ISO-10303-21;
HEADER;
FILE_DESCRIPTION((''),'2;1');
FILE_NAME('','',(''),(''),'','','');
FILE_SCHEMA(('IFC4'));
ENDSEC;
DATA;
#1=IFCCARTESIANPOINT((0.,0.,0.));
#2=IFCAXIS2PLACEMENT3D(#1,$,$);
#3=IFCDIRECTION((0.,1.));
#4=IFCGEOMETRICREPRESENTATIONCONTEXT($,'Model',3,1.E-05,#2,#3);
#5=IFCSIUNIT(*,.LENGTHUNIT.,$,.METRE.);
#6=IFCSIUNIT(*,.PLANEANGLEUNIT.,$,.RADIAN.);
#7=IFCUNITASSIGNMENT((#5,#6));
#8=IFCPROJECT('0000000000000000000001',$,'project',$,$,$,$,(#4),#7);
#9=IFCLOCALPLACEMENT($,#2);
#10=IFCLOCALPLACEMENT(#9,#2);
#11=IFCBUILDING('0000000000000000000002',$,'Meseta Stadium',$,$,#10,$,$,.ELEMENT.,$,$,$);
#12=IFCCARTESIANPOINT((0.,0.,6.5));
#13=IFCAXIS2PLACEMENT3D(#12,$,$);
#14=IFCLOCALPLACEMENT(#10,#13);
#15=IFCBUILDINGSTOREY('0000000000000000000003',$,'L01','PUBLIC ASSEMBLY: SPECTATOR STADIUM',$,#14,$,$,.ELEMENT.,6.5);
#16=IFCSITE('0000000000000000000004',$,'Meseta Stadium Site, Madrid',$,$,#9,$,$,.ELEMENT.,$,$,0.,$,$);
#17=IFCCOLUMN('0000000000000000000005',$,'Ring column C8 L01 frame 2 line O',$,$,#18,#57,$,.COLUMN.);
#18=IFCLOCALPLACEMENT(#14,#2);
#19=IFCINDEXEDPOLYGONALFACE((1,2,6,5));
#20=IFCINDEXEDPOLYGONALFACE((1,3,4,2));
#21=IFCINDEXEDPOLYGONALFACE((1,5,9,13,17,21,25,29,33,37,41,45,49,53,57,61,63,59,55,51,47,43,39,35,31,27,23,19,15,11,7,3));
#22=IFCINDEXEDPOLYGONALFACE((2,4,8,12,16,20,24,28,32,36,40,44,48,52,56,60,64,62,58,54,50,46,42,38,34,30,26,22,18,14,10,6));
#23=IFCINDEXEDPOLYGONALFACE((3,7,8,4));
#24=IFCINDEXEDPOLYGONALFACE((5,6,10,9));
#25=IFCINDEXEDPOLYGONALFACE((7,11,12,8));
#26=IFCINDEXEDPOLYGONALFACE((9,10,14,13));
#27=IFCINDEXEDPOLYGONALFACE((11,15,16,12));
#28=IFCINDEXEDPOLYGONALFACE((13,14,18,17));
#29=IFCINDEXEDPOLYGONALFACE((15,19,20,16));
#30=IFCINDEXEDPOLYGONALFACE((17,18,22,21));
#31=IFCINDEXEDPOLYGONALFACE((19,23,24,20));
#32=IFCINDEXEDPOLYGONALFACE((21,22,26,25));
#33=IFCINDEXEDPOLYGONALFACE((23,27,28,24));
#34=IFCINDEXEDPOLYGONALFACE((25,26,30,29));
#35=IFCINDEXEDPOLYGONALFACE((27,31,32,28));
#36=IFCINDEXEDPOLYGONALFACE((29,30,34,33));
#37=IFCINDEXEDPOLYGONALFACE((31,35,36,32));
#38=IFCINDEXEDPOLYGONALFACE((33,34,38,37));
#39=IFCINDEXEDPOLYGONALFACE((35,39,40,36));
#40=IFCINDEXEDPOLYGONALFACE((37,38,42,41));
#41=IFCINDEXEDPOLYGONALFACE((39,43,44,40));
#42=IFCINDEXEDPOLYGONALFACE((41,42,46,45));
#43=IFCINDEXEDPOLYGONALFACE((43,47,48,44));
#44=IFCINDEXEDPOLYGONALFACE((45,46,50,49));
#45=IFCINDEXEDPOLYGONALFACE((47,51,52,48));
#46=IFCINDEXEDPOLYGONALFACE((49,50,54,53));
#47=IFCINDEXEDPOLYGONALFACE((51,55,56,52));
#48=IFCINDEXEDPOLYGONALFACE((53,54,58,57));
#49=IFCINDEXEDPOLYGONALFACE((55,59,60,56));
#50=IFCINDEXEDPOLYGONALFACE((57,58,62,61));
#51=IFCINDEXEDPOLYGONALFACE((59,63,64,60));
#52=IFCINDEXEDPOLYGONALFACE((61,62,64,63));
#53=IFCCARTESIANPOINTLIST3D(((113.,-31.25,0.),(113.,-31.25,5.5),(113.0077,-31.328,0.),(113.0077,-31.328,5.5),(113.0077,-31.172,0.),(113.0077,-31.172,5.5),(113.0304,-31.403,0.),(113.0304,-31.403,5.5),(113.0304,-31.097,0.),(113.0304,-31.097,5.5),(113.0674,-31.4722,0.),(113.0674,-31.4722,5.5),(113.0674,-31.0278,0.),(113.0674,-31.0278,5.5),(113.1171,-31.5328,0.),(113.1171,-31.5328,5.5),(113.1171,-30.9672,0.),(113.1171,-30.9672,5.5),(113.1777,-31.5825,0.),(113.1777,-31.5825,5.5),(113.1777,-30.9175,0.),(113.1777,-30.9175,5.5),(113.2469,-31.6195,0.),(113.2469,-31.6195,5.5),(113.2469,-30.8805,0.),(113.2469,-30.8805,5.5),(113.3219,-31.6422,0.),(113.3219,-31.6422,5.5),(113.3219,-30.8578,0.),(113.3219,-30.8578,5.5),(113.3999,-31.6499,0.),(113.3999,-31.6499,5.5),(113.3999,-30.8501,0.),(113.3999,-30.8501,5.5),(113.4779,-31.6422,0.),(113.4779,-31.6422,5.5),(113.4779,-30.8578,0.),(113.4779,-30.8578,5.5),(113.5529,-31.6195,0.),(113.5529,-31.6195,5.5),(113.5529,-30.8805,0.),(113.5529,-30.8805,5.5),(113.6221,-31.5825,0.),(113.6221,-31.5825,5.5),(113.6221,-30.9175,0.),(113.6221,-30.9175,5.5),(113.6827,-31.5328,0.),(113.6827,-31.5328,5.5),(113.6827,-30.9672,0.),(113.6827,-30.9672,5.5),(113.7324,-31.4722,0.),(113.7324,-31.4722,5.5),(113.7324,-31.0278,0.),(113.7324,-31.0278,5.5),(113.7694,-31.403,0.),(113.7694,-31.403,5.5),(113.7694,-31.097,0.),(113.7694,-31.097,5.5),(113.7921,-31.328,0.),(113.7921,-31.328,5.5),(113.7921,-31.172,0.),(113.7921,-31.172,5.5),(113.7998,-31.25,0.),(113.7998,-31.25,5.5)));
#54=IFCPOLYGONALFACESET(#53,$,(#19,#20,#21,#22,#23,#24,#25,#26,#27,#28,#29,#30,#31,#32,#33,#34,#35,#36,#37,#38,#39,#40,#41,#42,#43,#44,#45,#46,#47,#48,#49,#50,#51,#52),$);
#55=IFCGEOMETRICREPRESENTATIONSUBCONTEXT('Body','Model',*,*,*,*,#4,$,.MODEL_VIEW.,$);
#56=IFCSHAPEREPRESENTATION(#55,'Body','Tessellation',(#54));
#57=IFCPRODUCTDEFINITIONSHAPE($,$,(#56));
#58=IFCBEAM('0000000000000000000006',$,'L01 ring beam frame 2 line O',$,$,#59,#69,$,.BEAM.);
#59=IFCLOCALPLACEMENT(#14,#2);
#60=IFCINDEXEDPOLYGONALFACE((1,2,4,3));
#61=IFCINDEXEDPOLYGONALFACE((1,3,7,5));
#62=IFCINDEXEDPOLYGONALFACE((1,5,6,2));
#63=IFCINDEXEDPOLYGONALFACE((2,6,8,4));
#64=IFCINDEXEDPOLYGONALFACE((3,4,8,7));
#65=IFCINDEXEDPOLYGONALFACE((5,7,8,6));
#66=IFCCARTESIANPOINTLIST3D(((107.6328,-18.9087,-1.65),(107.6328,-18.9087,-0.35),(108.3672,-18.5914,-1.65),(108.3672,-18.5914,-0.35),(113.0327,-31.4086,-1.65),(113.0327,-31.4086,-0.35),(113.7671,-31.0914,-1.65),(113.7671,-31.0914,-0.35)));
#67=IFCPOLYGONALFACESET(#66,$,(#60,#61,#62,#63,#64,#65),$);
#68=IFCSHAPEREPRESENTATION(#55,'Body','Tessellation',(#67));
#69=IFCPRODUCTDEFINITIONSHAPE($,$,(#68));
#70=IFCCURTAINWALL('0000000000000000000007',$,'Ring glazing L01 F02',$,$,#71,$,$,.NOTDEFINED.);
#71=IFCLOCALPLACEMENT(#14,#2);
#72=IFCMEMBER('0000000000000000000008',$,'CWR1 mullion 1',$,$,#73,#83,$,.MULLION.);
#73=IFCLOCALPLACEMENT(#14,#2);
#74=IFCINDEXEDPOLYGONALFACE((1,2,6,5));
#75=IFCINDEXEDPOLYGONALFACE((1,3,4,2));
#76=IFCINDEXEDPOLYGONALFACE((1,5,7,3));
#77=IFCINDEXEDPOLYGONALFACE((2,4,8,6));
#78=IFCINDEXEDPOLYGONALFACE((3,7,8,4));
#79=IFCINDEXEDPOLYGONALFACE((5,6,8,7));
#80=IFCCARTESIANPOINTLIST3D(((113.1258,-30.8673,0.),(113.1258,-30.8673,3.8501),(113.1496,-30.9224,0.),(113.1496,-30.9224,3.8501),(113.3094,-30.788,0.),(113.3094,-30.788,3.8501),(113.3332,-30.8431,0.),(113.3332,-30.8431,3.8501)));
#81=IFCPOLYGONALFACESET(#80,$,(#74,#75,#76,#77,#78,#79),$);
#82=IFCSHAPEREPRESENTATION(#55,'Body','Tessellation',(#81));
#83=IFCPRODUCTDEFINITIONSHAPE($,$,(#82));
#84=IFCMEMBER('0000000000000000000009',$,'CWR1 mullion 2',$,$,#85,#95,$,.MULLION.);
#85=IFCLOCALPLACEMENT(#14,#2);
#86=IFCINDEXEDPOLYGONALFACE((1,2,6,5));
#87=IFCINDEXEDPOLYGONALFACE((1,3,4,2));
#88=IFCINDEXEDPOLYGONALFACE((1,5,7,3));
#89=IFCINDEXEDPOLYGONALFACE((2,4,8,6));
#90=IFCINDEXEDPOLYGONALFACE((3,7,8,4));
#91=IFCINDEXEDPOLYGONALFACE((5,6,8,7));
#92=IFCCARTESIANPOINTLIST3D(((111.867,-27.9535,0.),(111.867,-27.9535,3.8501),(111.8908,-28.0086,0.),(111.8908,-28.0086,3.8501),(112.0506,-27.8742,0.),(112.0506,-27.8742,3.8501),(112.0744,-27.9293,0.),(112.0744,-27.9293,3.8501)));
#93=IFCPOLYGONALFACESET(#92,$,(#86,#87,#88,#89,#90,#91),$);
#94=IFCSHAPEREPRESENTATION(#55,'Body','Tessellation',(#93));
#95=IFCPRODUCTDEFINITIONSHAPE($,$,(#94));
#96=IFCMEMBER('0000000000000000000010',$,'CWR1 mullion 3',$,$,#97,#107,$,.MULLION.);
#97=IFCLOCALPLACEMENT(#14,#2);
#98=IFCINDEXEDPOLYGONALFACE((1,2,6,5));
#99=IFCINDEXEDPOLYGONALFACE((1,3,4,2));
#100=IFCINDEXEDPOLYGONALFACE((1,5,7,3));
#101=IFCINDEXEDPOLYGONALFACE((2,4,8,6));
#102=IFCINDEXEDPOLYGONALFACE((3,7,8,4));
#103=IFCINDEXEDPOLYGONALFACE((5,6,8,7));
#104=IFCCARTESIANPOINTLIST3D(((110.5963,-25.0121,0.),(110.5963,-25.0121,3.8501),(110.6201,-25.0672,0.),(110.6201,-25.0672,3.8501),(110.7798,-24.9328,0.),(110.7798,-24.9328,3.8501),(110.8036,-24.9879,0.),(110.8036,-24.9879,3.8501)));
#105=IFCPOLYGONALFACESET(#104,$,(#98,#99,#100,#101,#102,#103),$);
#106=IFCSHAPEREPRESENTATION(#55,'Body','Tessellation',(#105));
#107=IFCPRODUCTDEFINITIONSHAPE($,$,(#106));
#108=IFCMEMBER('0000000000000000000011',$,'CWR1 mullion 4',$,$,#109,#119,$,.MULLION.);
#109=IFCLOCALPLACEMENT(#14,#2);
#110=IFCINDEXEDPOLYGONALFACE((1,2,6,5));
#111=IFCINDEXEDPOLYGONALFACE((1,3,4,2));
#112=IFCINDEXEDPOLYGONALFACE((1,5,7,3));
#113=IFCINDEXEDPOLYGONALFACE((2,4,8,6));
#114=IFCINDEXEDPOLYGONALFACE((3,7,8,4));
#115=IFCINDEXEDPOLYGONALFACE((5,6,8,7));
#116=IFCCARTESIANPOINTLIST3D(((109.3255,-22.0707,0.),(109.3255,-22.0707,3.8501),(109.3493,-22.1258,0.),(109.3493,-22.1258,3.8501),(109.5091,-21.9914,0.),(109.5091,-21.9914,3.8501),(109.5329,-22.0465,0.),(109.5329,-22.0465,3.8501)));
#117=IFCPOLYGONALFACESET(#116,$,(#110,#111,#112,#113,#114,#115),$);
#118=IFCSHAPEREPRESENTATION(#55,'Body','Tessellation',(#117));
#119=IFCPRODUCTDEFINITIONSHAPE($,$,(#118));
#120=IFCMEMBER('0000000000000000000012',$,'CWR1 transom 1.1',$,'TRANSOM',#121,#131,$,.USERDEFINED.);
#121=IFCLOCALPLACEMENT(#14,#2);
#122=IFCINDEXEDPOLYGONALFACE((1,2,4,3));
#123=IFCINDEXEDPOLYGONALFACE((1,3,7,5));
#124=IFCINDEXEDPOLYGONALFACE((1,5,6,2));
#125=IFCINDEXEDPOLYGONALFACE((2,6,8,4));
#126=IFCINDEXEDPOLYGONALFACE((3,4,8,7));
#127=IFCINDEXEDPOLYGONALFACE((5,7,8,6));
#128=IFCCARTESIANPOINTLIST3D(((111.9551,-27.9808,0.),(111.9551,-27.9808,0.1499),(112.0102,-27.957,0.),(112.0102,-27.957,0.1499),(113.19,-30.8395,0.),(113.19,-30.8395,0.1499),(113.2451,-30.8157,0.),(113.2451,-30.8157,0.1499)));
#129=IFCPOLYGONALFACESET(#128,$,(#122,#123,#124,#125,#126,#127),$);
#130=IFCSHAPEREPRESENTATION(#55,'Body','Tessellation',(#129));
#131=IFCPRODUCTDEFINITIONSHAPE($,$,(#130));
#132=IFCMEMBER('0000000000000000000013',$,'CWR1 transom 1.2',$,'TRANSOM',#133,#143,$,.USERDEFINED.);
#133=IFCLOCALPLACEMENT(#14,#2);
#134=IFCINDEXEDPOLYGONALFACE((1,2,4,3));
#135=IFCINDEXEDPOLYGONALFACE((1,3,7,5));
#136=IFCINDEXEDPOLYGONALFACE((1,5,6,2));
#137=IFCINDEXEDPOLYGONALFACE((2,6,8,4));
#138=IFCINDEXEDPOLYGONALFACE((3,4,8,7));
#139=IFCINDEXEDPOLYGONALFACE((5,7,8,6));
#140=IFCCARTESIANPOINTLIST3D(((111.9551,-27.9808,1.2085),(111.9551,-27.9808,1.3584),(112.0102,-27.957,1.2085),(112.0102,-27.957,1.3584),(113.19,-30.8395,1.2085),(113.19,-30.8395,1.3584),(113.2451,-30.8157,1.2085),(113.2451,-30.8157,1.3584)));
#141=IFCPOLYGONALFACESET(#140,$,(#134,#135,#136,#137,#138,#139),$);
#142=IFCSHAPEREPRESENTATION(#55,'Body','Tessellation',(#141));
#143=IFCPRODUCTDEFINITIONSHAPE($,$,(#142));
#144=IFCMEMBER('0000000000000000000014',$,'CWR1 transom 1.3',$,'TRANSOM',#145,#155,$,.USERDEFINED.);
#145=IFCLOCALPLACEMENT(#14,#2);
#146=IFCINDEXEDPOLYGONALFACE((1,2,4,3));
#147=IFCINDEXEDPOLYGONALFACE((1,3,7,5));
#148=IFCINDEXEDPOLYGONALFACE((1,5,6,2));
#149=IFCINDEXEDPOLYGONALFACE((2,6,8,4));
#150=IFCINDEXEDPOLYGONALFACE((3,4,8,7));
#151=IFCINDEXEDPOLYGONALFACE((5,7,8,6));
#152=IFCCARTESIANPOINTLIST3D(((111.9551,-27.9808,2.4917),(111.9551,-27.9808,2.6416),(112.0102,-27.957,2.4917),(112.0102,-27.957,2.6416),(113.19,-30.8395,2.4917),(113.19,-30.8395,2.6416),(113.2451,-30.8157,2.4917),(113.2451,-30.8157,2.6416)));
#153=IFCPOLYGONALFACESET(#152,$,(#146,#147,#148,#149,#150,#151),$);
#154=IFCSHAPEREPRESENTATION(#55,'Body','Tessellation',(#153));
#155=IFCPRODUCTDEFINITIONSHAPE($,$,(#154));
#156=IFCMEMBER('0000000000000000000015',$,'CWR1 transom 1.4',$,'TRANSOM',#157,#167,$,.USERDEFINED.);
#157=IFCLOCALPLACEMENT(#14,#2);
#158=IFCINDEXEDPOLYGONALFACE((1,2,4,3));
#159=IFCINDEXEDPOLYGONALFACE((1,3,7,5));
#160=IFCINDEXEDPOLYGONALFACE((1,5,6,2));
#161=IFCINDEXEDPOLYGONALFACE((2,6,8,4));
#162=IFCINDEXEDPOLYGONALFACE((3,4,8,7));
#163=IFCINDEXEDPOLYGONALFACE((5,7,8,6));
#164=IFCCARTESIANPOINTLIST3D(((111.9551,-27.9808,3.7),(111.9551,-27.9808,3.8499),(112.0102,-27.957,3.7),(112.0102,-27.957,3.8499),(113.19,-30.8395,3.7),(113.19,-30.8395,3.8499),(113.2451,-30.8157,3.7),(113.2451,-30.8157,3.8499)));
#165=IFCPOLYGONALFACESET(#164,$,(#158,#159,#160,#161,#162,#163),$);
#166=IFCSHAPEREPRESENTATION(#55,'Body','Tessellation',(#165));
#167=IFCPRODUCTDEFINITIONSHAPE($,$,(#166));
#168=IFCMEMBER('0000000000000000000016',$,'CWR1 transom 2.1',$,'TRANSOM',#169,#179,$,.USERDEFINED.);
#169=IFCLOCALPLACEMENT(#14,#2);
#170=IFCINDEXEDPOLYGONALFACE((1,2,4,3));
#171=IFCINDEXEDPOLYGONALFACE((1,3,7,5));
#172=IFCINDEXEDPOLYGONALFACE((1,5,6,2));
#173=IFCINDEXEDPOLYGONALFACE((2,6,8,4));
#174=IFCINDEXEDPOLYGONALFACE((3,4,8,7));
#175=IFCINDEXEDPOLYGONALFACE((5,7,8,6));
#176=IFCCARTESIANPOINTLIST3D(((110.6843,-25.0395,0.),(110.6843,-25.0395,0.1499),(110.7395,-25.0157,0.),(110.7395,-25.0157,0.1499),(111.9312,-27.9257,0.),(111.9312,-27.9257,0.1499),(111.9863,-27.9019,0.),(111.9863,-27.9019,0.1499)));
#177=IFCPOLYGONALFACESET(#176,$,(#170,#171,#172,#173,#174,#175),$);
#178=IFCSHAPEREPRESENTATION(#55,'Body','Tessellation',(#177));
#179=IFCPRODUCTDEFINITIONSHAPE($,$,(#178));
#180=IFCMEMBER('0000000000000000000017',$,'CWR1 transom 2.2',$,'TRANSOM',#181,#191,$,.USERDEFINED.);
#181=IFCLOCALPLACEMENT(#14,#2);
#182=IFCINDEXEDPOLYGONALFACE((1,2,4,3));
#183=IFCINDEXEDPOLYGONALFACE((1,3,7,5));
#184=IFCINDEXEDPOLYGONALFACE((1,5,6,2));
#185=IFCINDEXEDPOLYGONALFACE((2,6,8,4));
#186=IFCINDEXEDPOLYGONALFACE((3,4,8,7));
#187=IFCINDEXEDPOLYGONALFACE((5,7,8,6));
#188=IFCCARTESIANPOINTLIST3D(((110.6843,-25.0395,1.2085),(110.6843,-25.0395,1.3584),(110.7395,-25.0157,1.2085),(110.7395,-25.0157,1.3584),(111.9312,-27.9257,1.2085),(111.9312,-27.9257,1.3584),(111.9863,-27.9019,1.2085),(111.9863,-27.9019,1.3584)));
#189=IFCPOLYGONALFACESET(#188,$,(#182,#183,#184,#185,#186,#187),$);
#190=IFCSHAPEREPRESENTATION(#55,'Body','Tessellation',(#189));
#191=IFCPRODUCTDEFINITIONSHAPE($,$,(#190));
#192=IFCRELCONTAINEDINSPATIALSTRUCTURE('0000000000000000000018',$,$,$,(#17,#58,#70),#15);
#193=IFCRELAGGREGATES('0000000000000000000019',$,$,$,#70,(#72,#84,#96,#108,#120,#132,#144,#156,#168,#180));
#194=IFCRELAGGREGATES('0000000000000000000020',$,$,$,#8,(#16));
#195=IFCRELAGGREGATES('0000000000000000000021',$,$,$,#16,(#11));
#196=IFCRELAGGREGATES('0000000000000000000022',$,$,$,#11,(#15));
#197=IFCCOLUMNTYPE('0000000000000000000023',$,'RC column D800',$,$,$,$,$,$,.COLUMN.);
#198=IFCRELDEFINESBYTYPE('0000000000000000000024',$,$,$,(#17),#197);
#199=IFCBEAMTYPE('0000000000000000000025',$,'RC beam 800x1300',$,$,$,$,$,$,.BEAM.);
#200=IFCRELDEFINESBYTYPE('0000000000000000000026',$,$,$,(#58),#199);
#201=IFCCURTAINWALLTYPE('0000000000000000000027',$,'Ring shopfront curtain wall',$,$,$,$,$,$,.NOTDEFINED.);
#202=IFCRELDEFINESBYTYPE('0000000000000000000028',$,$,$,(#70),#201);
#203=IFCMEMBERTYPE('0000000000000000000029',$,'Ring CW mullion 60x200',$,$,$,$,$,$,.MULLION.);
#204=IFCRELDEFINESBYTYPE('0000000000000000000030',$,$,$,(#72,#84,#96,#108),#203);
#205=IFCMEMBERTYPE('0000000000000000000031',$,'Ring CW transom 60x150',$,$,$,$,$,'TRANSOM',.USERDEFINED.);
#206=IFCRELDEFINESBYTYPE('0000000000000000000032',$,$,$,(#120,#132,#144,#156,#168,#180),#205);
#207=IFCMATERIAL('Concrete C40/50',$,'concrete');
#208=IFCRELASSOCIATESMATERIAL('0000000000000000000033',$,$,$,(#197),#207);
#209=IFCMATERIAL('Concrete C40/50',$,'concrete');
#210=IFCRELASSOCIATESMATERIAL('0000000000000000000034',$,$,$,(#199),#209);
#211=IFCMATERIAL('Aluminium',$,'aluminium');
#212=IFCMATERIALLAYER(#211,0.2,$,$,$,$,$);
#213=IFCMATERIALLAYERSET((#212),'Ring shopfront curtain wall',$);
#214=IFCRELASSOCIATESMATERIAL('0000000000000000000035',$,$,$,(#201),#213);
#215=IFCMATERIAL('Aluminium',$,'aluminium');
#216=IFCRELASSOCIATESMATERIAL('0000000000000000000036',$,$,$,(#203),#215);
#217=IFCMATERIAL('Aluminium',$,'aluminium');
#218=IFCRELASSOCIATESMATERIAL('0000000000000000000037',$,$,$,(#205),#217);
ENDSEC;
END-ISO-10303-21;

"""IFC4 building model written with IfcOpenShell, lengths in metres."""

from ifc_helpers import new_model, si_unit, direction, frame, origin, origin_2d, place, context, subcontext, project, spatial, rectangle, circle, extrude, material, layer, layer_set, material_profile, profile_set, type_object, element, aggregate, save


model = new_model("IFC4")

# Units and contexts
model_context = context("Model", 3, precision=1e-05, world=origin(), true_north=direction((0.0, 1.0)))
body_context = subcontext(model_context, "Body", "Model", "MODEL_VIEW")
ifc_project = project(units=[si_unit("LENGTHUNIT", "METRE"), si_unit("PLANEANGLEUNIT", "RADIAN")], contexts=[model_context])

# Site, building, storey
site_placement = place(None, origin())
site = spatial("IfcSite", under=ifc_project, at=site_placement, Name="Meseta Stadium Site, Madrid", CompositionType="ELEMENT", RefElevation=0.0)
building_placement = place(site_placement, origin())
building = spatial("IfcBuilding", under=site, at=building_placement, Name="Meseta Stadium", CompositionType="ELEMENT")
storey_placement = place(building_placement, frame((0.0, 0.0, 6.5)))
storey = spatial("IfcBuildingStorey", under=building, at=storey_placement, Name="L01", Description="PUBLIC ASSEMBLY: SPECTATOR STADIUM", CompositionType="ELEMENT", Elevation=6.5)

# Column
ifc_material_1 = material(Name="Concrete C40/50", Category="concrete")
ifc_material_profile_1 = material_profile(ifc_material_1, circle(Radius=0.3999, at=origin_2d()), Name="RC D800")
ifc_profile_set_1 = profile_set([ifc_material_profile_1], Name="Concrete C40/50")
column_type = type_object("IfcColumnType", Name="RC column D800", PredefinedType="COLUMN", material=ifc_profile_set_1)
column_placement = place(storey_placement, frame((113.3999, -31.25, 0.0), z_axis=(0.0, 0.0, 1.0), x_axis=(1.0, 0.0, 0.0)))
element("IfcColumn", 1, at=column_placement, inside=storey, type_object=column_type, Name="Ring column C8 L01 frame 2 line O", PredefinedType="COLUMN", context=body_context, shape_type="SweptSolid", body=[
    extrude(circle(Radius=0.3999, at=origin_2d()), origin(), (0.0, 0.0, 1.0), 5.5),
])

# Beam
ifc_material_2 = material(Name="Concrete C40/50", Category="concrete")
ifc_material_profile_2 = material_profile(ifc_material_2, rectangle(XDim=0.8, YDim=1.3, at=origin_2d()), Name="RC 800x1300")
ifc_profile_set_2 = profile_set([ifc_material_profile_2], Name="Concrete C40/50")
beam_type = type_object("IfcBeamType", Name="RC beam 800x1300", PredefinedType="BEAM", material=ifc_profile_set_2)
beam_placement = place(storey_placement, frame((113.3999, -31.25, -1.0), z_axis=(-0.396571, 0.918004, 0.0), x_axis=(-0.918004, -0.396571, 0.0)))
element("IfcBeam", 2, at=beam_placement, inside=storey, type_object=beam_type, Name="L01 ring beam frame 2 line O", PredefinedType="BEAM", context=body_context, shape_type="SweptSolid", body=[
    extrude(rectangle(XDim=0.8, YDim=1.3, at=origin_2d()), origin(), (0.0, 0.0, 1.0), 13.6165),
])

# Curtain wall, members
ifc_material_3 = material(Name="Aluminium", Category="aluminium")
ifc_layer_1 = layer(ifc_material_3, 0.2)
ifc_layer_set_1 = layer_set([ifc_layer_1], Name="Ring shopfront curtain wall")
curtain_wall_type = type_object("IfcCurtainWallType", Name="Ring shopfront curtain wall", PredefinedType="NOTDEFINED", material=ifc_layer_set_1)
curtain_wall_placement = place(storey_placement, origin())
curtain_wall = element("IfcCurtainWall", 3, at=curtain_wall_placement, inside=storey, type_object=curtain_wall_type, Name="Ring glazing L01 F02", PredefinedType="NOTDEFINED")
ifc_material_4 = material(Name="Aluminium", Category="aluminium")
ifc_material_profile_3 = material_profile(ifc_material_4, rectangle(XDim=0.2, YDim=0.0601, at=origin_2d()), Name="CW 200x60")
ifc_profile_set_3 = profile_set([ifc_material_profile_3], Name="Aluminium")
member_type_1 = type_object("IfcMemberType", Name="Ring CW mullion 60x200", PredefinedType="MULLION", material=ifc_profile_set_3)
member_1_placement = place(storey_placement, frame((113.2295, -30.8552, 0.0), z_axis=(0.0, 0.0, 1.0), x_axis=(-0.918, -0.396581, 0.0)))
member_1 = element("IfcMember", 4, at=member_1_placement, type_object=member_type_1, Name="CWR1 mullion 1", PredefinedType="MULLION", context=body_context, shape_type="SweptSolid", body=[
    extrude(rectangle(XDim=0.2, YDim=0.0601, at=origin_2d()), origin(), (0.0, 0.0, 1.0), 3.8501),
])
member_2_placement = place(storey_placement, frame((111.9707, -27.9414, 0.0), z_axis=(0.0, 0.0, 1.0), x_axis=(-0.918, -0.396581, 0.0)))
member_2 = element("IfcMember", 5, at=member_2_placement, type_object=member_type_1, Name="CWR1 mullion 2", PredefinedType="MULLION", context=body_context, shape_type="SweptSolid", body=[
    extrude(rectangle(XDim=0.2, YDim=0.0601, at=origin_2d()), origin(), (0.0, 0.0, 1.0), 3.8501),
])
member_3_placement = place(storey_placement, frame((110.7, -25.0, 0.0), z_axis=(0.0, 0.0, 1.0), x_axis=(-0.918, -0.396581, 0.0)))
member_3 = element("IfcMember", 6, at=member_3_placement, type_object=member_type_1, Name="CWR1 mullion 3", PredefinedType="MULLION", context=body_context, shape_type="SweptSolid", body=[
    extrude(rectangle(XDim=0.2, YDim=0.0601, at=origin_2d()), origin(), (0.0, 0.0, 1.0), 3.8501),
])
member_4_placement = place(storey_placement, frame((109.4292, -22.0586, 0.0), z_axis=(0.0, 0.0, 1.0), x_axis=(-0.918, -0.396581, 0.0)))
member_4 = element("IfcMember", 7, at=member_4_placement, type_object=member_type_1, Name="CWR1 mullion 4", PredefinedType="MULLION", context=body_context, shape_type="SweptSolid", body=[
    extrude(rectangle(XDim=0.2, YDim=0.0601, at=origin_2d()), origin(), (0.0, 0.0, 1.0), 3.8501),
])
ifc_material_5 = material(Name="Aluminium", Category="aluminium")
ifc_material_profile_4 = material_profile(ifc_material_5, rectangle(XDim=0.0601, YDim=0.1499, at=origin_2d()), Name="CW 60x150")
ifc_profile_set_4 = profile_set([ifc_material_profile_4], Name="Aluminium")
member_type_2 = type_object("IfcMemberType", Name="Ring CW transom 60x150", ElementType="TRANSOM", PredefinedType="USERDEFINED", material=ifc_profile_set_4)
member_5_placement = place(storey_placement, frame((113.2175, -30.8276, 0.075), z_axis=(-0.396558, 0.91801, 0.0), x_axis=(-0.91801, -0.396558, 0.0)))
member_5 = element("IfcMember", 8, at=member_5_placement, type_object=member_type_2, Name="CWR1 transom 1.1", ObjectType="TRANSOM", PredefinedType="USERDEFINED", context=body_context, shape_type="SweptSolid", body=[
    extrude(rectangle(XDim=0.0601, YDim=0.1499, at=origin_2d()), origin(), (0.0, 0.0, 1.0), 3.114),
])
member_6_placement = place(storey_placement, frame((113.2175, -30.8276, 1.2834), z_axis=(-0.396558, 0.91801, 0.0), x_axis=(-0.91801, -0.396558, 0.0)))
member_6 = element("IfcMember", 9, at=member_6_placement, type_object=member_type_2, Name="CWR1 transom 1.2", ObjectType="TRANSOM", PredefinedType="USERDEFINED", context=body_context, shape_type="SweptSolid", body=[
    extrude(rectangle(XDim=0.0601, YDim=0.1499, at=origin_2d()), origin(), (0.0, 0.0, 1.0), 3.114),
])
member_7_placement = place(storey_placement, frame((113.2175, -30.8276, 2.5667), z_axis=(-0.396558, 0.91801, 0.0), x_axis=(-0.91801, -0.396558, 0.0)))
member_7 = element("IfcMember", 10, at=member_7_placement, type_object=member_type_2, Name="CWR1 transom 1.3", ObjectType="TRANSOM", PredefinedType="USERDEFINED", context=body_context, shape_type="SweptSolid", body=[
    extrude(rectangle(XDim=0.0601, YDim=0.1499, at=origin_2d()), origin(), (0.0, 0.0, 1.0), 3.114),
])
member_8_placement = place(storey_placement, frame((113.2175, -30.8276, 3.7749), z_axis=(-0.396558, 0.91801, 0.0), x_axis=(-0.91801, -0.396558, 0.0)))
member_8 = element("IfcMember", 11, at=member_8_placement, type_object=member_type_2, Name="CWR1 transom 1.4", ObjectType="TRANSOM", PredefinedType="USERDEFINED", context=body_context, shape_type="SweptSolid", body=[
    extrude(rectangle(XDim=0.0601, YDim=0.1499, at=origin_2d()), origin(), (0.0, 0.0, 1.0), 3.114),
])
member_9_placement = place(storey_placement, frame((111.9587, -27.9138, 0.075), z_axis=(-0.39657, 0.918005, 0.0), x_axis=(-0.918005, -0.39657, 0.0)))
member_9 = element("IfcMember", 12, at=member_9_placement, type_object=member_type_2, Name="CWR1 transom 2.1", ObjectType="TRANSOM", PredefinedType="USERDEFINED", context=body_context, shape_type="SweptSolid", body=[
    extrude(rectangle(XDim=0.0601, YDim=0.1499, at=origin_2d()), origin(), (0.0, 0.0, 1.0), 3.144),
])
member_10_placement = place(storey_placement, frame((111.9587, -27.9138, 1.2834), z_axis=(-0.39657, 0.918005, 0.0), x_axis=(-0.918005, -0.39657, 0.0)))
member_10 = element("IfcMember", 13, at=member_10_placement, type_object=member_type_2, Name="CWR1 transom 2.2", ObjectType="TRANSOM", PredefinedType="USERDEFINED", context=body_context, shape_type="SweptSolid", body=[
    extrude(rectangle(XDim=0.0601, YDim=0.1499, at=origin_2d()), origin(), (0.0, 0.0, 1.0), 3.144),
])
aggregate(curtain_wall, [member_1, member_2, member_3, member_4, member_5, member_6, member_7, member_8, member_9, member_10])

save(model, "model.ifc")
